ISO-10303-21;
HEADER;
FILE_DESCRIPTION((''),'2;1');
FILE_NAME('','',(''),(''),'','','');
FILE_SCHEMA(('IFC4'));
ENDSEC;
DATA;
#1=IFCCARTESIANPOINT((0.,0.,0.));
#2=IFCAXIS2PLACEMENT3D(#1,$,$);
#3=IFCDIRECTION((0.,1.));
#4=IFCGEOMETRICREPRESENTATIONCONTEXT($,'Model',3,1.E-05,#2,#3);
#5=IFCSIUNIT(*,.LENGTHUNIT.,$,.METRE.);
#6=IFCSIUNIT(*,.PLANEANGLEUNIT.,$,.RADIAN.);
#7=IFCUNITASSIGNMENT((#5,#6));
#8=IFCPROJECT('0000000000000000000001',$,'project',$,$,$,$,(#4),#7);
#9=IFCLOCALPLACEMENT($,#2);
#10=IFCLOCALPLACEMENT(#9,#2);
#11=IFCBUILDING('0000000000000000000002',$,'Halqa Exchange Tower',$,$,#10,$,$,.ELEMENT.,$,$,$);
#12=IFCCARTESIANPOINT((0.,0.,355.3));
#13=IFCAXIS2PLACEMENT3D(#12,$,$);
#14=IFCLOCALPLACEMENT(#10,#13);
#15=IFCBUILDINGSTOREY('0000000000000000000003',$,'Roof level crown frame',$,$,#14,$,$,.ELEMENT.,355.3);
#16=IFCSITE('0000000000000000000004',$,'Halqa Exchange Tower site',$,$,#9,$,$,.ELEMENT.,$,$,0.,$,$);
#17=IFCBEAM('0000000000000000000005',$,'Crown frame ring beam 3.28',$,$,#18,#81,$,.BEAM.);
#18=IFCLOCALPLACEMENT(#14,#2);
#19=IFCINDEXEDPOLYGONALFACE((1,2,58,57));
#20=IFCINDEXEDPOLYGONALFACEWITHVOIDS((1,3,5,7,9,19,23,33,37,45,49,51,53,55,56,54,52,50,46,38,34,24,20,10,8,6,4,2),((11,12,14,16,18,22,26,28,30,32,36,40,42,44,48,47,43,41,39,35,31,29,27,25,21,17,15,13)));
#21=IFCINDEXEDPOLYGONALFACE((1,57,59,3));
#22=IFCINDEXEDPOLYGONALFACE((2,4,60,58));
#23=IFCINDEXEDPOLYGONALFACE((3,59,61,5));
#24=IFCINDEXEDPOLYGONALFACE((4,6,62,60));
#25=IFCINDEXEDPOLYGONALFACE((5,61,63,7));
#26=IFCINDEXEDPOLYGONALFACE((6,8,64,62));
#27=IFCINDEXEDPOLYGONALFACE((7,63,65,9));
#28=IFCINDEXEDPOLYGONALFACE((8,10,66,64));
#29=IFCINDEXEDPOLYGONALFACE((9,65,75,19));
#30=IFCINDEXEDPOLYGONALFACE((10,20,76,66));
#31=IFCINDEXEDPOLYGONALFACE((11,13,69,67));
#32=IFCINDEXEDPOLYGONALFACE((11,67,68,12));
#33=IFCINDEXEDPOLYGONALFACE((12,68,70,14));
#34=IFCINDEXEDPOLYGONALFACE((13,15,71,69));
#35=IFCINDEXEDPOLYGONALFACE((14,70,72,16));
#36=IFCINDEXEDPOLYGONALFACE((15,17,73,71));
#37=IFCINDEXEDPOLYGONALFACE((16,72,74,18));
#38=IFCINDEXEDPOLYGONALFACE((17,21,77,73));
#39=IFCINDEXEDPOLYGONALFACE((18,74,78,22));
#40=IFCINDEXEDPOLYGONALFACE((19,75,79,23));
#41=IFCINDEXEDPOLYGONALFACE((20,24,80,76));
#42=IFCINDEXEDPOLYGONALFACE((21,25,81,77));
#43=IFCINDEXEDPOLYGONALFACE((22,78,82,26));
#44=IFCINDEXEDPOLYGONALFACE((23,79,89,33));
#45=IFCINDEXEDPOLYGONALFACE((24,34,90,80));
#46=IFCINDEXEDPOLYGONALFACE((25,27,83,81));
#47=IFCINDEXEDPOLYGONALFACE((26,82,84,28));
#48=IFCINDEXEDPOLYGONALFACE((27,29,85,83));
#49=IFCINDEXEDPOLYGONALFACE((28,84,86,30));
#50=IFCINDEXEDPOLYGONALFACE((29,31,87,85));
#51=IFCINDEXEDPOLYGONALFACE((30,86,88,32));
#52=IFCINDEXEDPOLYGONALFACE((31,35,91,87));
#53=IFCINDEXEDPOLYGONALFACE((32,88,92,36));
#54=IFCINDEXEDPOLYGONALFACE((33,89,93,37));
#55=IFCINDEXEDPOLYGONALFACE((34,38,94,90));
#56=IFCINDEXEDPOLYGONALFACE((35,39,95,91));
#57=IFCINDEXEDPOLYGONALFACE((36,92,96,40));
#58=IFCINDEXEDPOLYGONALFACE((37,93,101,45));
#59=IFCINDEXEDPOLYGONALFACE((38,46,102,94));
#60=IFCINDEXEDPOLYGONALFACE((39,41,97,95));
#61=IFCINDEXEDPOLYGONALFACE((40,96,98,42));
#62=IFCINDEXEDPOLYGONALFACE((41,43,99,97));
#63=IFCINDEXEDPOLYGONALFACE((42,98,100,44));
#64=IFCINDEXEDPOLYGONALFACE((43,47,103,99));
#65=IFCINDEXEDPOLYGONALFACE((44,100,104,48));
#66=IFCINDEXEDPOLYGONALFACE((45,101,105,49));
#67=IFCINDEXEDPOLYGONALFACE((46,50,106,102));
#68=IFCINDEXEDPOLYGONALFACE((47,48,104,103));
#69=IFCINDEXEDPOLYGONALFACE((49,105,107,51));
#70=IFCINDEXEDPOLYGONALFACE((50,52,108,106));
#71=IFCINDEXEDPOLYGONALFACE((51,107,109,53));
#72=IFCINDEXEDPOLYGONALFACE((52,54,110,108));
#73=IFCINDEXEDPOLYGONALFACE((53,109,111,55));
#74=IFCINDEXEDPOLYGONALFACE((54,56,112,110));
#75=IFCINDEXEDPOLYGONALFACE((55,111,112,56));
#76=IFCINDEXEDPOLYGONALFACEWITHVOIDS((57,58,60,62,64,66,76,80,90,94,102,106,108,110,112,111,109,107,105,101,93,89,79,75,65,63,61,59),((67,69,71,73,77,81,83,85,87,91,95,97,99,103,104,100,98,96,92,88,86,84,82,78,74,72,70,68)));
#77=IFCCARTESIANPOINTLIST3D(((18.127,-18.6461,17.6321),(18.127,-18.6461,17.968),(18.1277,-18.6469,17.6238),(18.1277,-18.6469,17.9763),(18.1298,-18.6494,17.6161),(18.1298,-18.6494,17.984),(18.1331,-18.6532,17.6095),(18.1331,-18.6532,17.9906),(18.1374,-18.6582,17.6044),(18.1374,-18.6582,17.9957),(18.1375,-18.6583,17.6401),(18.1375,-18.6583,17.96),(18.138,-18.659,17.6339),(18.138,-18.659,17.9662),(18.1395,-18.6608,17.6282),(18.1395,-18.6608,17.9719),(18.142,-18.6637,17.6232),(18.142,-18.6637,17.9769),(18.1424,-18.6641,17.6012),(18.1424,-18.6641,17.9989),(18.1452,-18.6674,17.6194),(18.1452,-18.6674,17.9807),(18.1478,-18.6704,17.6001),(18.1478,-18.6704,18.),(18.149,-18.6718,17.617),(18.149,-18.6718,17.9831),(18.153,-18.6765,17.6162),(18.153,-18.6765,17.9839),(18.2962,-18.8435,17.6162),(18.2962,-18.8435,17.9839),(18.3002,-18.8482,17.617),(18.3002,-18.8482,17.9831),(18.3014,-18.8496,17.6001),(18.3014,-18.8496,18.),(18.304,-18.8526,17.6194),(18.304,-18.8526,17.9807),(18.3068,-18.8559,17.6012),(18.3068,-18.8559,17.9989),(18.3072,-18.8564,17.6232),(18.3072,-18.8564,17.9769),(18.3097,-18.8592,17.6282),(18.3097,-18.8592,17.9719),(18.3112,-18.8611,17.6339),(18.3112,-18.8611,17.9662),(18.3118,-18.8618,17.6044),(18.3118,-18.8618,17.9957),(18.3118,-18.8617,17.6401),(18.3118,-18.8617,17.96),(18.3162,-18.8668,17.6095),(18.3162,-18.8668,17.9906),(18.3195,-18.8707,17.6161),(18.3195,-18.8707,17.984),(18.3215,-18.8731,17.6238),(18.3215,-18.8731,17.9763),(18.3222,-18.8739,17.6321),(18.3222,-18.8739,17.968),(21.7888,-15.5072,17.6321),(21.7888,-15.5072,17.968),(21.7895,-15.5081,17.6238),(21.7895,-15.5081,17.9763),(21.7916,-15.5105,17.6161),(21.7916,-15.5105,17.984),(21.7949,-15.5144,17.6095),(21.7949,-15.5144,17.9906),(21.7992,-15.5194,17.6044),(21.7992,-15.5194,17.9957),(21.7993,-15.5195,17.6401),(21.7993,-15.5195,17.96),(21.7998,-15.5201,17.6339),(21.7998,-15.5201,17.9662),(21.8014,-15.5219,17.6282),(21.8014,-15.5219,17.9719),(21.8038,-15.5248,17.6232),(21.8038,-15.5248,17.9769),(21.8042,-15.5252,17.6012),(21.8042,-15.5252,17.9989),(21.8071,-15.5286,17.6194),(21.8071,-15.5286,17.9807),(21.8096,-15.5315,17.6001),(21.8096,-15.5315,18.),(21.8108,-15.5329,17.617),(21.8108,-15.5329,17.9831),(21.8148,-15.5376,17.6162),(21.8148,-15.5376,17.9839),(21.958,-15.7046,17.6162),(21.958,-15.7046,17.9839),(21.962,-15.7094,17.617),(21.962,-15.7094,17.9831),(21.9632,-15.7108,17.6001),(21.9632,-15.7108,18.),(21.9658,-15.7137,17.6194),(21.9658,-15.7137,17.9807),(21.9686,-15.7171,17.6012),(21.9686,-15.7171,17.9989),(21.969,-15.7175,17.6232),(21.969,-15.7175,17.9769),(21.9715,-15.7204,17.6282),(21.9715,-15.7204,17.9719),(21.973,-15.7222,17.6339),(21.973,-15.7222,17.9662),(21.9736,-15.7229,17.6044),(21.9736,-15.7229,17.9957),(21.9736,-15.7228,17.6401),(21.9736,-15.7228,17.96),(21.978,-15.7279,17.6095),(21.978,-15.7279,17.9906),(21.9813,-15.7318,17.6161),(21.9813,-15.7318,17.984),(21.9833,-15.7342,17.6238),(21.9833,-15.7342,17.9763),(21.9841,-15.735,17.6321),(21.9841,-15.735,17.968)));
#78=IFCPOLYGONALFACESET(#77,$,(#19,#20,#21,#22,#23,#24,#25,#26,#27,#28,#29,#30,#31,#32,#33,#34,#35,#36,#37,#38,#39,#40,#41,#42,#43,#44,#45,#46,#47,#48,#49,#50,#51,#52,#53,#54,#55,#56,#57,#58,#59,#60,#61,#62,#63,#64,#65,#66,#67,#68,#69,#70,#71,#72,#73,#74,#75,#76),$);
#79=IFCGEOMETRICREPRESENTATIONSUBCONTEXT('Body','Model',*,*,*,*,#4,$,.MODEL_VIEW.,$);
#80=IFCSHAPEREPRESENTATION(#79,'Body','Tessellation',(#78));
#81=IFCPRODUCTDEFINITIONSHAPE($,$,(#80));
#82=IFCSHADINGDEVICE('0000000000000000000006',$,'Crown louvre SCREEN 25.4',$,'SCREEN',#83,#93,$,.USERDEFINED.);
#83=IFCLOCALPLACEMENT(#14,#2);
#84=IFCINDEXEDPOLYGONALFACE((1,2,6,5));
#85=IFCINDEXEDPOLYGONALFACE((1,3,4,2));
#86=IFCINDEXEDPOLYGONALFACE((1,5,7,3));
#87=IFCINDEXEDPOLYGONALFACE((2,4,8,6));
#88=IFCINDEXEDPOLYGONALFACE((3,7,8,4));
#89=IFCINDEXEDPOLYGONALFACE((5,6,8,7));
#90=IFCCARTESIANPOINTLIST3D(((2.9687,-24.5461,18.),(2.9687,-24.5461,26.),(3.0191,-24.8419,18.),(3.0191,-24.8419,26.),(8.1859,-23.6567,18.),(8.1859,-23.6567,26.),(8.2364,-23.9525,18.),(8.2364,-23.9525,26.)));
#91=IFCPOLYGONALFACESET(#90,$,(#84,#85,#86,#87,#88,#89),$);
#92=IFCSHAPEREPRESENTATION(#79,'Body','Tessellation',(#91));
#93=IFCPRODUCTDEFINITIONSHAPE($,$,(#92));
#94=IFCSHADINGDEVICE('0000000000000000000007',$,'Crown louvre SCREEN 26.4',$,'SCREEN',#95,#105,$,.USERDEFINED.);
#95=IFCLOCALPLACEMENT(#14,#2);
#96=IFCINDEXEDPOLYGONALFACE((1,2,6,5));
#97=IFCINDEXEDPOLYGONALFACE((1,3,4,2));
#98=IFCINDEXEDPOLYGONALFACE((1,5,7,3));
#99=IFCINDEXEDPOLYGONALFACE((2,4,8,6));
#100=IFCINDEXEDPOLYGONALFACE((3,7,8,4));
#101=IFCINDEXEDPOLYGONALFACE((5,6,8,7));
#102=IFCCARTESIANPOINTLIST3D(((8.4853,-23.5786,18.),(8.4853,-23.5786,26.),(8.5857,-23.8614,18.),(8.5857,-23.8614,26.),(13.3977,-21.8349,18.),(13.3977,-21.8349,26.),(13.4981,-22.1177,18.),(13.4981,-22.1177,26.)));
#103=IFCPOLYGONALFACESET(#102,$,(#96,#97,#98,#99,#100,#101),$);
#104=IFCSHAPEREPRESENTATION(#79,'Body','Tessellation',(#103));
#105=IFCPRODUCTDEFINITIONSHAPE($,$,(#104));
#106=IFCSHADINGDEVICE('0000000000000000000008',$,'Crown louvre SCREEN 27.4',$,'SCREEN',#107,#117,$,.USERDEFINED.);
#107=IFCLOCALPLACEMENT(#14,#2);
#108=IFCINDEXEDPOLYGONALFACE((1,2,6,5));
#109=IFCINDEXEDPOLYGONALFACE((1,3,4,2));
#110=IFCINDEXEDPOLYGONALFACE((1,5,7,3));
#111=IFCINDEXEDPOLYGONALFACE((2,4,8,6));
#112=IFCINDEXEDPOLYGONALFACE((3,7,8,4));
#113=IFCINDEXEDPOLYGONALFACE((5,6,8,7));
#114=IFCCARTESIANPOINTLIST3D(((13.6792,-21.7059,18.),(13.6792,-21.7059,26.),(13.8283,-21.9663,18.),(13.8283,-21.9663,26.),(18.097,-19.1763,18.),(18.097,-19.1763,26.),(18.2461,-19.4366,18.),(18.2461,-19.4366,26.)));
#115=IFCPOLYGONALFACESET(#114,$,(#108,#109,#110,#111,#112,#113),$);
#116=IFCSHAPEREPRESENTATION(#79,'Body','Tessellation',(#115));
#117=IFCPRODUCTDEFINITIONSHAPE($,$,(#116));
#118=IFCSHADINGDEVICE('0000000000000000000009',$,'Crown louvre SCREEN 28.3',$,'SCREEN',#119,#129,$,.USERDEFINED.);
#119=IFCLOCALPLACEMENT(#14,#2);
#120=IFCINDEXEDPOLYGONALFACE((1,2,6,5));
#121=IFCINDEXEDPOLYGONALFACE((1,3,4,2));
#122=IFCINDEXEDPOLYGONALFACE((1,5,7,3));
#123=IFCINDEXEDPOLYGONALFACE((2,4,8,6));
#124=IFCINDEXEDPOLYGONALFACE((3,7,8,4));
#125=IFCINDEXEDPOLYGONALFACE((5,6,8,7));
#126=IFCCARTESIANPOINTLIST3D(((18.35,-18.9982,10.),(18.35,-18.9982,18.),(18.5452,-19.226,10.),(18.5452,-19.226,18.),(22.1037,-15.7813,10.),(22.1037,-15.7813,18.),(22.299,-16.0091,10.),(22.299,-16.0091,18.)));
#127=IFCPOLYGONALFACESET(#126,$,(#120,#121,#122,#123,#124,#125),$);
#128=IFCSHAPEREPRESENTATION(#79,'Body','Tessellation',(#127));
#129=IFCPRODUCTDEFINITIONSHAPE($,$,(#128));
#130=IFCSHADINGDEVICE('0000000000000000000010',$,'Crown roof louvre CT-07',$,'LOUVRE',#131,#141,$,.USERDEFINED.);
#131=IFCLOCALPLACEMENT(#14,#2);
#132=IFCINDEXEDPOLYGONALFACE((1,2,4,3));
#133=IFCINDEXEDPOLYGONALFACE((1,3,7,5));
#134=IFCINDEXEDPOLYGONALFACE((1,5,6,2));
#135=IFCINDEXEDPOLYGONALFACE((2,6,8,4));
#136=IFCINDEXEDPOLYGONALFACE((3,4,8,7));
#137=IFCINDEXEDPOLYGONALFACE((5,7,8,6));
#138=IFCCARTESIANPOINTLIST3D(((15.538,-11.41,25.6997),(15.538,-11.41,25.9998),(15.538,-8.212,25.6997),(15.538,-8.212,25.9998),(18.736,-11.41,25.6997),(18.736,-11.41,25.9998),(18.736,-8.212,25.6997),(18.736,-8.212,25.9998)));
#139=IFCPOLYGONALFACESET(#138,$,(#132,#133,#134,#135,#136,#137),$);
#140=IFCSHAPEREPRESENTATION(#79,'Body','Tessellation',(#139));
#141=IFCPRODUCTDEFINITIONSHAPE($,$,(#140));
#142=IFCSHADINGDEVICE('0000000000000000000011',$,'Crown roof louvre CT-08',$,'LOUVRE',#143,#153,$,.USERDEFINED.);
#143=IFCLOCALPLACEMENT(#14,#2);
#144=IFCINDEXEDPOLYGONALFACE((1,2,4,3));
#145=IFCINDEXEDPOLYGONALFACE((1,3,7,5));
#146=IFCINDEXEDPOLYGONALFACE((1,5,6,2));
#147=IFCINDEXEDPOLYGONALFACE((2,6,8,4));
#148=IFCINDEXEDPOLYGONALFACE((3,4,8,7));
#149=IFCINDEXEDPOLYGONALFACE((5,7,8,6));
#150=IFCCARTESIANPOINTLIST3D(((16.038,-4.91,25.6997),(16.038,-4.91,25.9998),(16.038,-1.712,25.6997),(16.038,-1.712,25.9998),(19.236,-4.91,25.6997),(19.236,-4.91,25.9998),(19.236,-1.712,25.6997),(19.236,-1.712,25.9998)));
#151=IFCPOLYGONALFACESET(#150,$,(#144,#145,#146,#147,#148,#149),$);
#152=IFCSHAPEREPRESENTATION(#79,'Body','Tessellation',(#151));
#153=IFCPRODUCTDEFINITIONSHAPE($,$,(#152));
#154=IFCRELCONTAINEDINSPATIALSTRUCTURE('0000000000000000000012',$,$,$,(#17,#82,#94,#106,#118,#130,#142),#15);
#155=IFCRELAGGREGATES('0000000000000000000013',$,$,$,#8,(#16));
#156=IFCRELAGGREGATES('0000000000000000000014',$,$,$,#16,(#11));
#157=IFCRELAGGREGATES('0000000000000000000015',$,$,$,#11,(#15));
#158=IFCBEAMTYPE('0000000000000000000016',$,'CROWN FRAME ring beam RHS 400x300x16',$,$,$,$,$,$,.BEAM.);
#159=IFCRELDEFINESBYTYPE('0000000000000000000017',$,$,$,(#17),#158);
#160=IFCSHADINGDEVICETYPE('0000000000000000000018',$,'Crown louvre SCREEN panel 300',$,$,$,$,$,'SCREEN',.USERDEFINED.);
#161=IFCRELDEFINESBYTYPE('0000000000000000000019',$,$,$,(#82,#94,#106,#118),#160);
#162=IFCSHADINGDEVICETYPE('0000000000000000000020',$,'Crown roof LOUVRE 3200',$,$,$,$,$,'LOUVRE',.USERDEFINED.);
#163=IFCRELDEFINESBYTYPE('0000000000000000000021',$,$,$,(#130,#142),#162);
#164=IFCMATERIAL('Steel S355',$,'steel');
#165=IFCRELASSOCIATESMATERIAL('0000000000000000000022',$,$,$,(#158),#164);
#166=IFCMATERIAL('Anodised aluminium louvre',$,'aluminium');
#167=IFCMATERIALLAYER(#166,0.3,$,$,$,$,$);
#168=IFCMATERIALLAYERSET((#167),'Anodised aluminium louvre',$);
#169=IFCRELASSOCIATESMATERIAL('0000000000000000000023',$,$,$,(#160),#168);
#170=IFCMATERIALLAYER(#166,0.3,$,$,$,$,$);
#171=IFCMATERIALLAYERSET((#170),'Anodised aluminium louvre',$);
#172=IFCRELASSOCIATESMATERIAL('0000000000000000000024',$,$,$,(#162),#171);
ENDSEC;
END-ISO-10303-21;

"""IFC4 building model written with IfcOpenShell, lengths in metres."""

from ifc_helpers import new_model, si_unit, direction, frame, origin, origin_2d, place, context, subcontext, project, spatial, rectangle, hollow_rectangle, extrude, material, layer, layer_set, material_profile, profile_set, type_object, element, save


model = new_model("IFC4")

# Units and contexts
model_context = context("Model", 3, precision=1e-05, world=origin(), true_north=direction((0.0, 1.0)))
body_context = subcontext(model_context, "Body", "Model", "MODEL_VIEW")
ifc_project = project(units=[si_unit("LENGTHUNIT", "METRE"), si_unit("PLANEANGLEUNIT", "RADIAN")], contexts=[model_context])

# Site, building, storey
site_placement = place(None, origin())
site = spatial("IfcSite", under=ifc_project, at=site_placement, Name="Halqa Exchange Tower site", CompositionType="ELEMENT", RefElevation=0.0)
building_placement = place(site_placement, origin())
building = spatial("IfcBuilding", under=site, at=building_placement, Name="Halqa Exchange Tower", CompositionType="ELEMENT")
storey_placement = place(building_placement, frame((0.0, 0.0, 355.3)))
storey = spatial("IfcBuildingStorey", under=building, at=storey_placement, Name="Roof level crown frame", CompositionType="ELEMENT", Elevation=355.3)

# Shared definitions
ifc_material_1 = material(Name="Steel S355", Category="steel")

# Beam
ifc_material_profile_1 = material_profile(ifc_material_1, hollow_rectangle(XDim=0.3, YDim=0.3999, WallThickness=0.0161, InnerFilletRadius=0.0239, OuterFilletRadius=0.032, at=origin_2d()), Name="RHS 400x300x16")
ifc_profile_set_1 = profile_set([ifc_material_profile_1], Name="Steel S355")
beam_type_1 = type_object("IfcBeamType", Name="CROWN FRAME ring beam RHS 400x300x16", PredefinedType="BEAM", material=ifc_profile_set_1)
beam_1_placement = place(storey_placement, frame((18.2246, -18.76, 17.8), z_axis=(0.759239, 0.650812, 0.0), x_axis=(-0.650812, 0.759239, 0.0)))
element("IfcBeam", 1, at=beam_1_placement, inside=storey, type_object=beam_type_1, Name="Crown frame ring beam 3.28", PredefinedType="BEAM", context=body_context, shape_type="SweptSolid", body=[
    extrude(hollow_rectangle(XDim=0.3, YDim=0.3999, WallThickness=0.0161, InnerFilletRadius=0.0239, OuterFilletRadius=0.032, at=origin_2d()), origin(), (0.0, 0.0, 1.0), 4.823),
])

# Shading devices
ifc_material_2 = material(Name="Anodised aluminium louvre", Category="aluminium")
ifc_layer_1 = layer(ifc_material_2, 0.3)
ifc_layer_set_1 = layer_set([ifc_layer_1], Name="Anodised aluminium louvre")
shading_device_type_1 = type_object("IfcShadingDeviceType", Name="Crown louvre SCREEN panel 300", ElementType="SCREEN", PredefinedType="USERDEFINED", material=ifc_layer_set_1)
shading_device_1_placement = place(storey_placement, frame((5.6025, -24.2493, 18.0), z_axis=(0.0, 0.0, 1.0), x_axis=(0.985778, 0.168051, 0.0)))
element("IfcShadingDevice", 2, at=shading_device_1_placement, inside=storey, type_object=shading_device_type_1, Name="Crown louvre SCREEN 25.4", ObjectType="SCREEN", PredefinedType="USERDEFINED", context=body_context, shape_type="SweptSolid", body=[
    extrude(rectangle(XDim=5.2925, YDim=0.3, at=origin_2d()), origin(), (0.0, 0.0, 1.0), 8.0),
])
shading_device_2_placement = place(storey_placement, frame((10.9917, -22.8481, 18.0), z_axis=(0.0, 0.0, 1.0), x_axis=(0.942388, 0.334522, 0.0)))
element("IfcShadingDevice", 3, at=shading_device_2_placement, inside=storey, type_object=shading_device_type_1, Name="Crown louvre SCREEN 26.4", ObjectType="SCREEN", PredefinedType="USERDEFINED", context=body_context, shape_type="SweptSolid", body=[
    extrude(rectangle(XDim=5.2126, YDim=0.3, at=origin_2d()), origin(), (0.0, 0.0, 1.0), 8.0),
])
shading_device_3_placement = place(storey_placement, frame((15.9626, -20.5713, 18.0), z_axis=(0.0, 0.0, 1.0), x_axis=(0.867804, 0.496907, 0.0)))
element("IfcShadingDevice", 4, at=shading_device_3_placement, inside=storey, type_object=shading_device_type_1, Name="Crown louvre SCREEN 27.4", ObjectType="SCREEN", PredefinedType="USERDEFINED", context=body_context, shape_type="SweptSolid", body=[
    extrude(rectangle(XDim=5.0908, YDim=0.3, at=origin_2d()), origin(), (0.0, 0.0, 1.0), 8.0),
])
shading_device_4_placement = place(storey_placement, frame((20.3245, -17.5037, 10.0), z_axis=(0.0, 0.0, 1.0), x_axis=(0.759318, 0.65072, 0.0)))
element("IfcShadingDevice", 5, at=shading_device_4_placement, inside=storey, type_object=shading_device_type_1, Name="Crown louvre SCREEN 28.3", ObjectType="SCREEN", PredefinedType="USERDEFINED", context=body_context, shape_type="SweptSolid", body=[
    extrude(rectangle(XDim=4.9436, YDim=0.3, at=origin_2d()), origin(), (0.0, 0.0, 1.0), 8.0),
])
ifc_layer_2 = layer(ifc_material_2, 0.3)
ifc_layer_set_2 = layer_set([ifc_layer_2], Name="Anodised aluminium louvre")
shading_device_type_2 = type_object("IfcShadingDeviceType", Name="Crown roof LOUVRE 3200", ElementType="LOUVRE", PredefinedType="USERDEFINED", material=ifc_layer_set_2)
for number, where, z_axis, x_axis, name in (
    (6, (17.137, -9.811, 25.6997), (0.0, 0.0, 1.0), (1.0, 0.0, 0.0), "Crown roof louvre CT-07"),
    (7, (17.637, -3.311, 25.6997), (0.0, 0.0, 1.0), (1.0, 0.0, 0.0), "Crown roof louvre CT-08"),
):
    element("IfcShadingDevice", number, at=place(storey_placement, frame(where, z_axis=z_axis, x_axis=x_axis)), inside=storey, type_object=shading_device_type_2, Name=name, ObjectType="LOUVRE", PredefinedType="USERDEFINED", context=body_context, shape_type="SweptSolid", body=[
        extrude(rectangle(XDim=3.198, YDim=3.198, at=origin_2d()), origin(), (0.0, 0.0, 1.0), 0.3),
    ])

save(model, "model.ifc")
